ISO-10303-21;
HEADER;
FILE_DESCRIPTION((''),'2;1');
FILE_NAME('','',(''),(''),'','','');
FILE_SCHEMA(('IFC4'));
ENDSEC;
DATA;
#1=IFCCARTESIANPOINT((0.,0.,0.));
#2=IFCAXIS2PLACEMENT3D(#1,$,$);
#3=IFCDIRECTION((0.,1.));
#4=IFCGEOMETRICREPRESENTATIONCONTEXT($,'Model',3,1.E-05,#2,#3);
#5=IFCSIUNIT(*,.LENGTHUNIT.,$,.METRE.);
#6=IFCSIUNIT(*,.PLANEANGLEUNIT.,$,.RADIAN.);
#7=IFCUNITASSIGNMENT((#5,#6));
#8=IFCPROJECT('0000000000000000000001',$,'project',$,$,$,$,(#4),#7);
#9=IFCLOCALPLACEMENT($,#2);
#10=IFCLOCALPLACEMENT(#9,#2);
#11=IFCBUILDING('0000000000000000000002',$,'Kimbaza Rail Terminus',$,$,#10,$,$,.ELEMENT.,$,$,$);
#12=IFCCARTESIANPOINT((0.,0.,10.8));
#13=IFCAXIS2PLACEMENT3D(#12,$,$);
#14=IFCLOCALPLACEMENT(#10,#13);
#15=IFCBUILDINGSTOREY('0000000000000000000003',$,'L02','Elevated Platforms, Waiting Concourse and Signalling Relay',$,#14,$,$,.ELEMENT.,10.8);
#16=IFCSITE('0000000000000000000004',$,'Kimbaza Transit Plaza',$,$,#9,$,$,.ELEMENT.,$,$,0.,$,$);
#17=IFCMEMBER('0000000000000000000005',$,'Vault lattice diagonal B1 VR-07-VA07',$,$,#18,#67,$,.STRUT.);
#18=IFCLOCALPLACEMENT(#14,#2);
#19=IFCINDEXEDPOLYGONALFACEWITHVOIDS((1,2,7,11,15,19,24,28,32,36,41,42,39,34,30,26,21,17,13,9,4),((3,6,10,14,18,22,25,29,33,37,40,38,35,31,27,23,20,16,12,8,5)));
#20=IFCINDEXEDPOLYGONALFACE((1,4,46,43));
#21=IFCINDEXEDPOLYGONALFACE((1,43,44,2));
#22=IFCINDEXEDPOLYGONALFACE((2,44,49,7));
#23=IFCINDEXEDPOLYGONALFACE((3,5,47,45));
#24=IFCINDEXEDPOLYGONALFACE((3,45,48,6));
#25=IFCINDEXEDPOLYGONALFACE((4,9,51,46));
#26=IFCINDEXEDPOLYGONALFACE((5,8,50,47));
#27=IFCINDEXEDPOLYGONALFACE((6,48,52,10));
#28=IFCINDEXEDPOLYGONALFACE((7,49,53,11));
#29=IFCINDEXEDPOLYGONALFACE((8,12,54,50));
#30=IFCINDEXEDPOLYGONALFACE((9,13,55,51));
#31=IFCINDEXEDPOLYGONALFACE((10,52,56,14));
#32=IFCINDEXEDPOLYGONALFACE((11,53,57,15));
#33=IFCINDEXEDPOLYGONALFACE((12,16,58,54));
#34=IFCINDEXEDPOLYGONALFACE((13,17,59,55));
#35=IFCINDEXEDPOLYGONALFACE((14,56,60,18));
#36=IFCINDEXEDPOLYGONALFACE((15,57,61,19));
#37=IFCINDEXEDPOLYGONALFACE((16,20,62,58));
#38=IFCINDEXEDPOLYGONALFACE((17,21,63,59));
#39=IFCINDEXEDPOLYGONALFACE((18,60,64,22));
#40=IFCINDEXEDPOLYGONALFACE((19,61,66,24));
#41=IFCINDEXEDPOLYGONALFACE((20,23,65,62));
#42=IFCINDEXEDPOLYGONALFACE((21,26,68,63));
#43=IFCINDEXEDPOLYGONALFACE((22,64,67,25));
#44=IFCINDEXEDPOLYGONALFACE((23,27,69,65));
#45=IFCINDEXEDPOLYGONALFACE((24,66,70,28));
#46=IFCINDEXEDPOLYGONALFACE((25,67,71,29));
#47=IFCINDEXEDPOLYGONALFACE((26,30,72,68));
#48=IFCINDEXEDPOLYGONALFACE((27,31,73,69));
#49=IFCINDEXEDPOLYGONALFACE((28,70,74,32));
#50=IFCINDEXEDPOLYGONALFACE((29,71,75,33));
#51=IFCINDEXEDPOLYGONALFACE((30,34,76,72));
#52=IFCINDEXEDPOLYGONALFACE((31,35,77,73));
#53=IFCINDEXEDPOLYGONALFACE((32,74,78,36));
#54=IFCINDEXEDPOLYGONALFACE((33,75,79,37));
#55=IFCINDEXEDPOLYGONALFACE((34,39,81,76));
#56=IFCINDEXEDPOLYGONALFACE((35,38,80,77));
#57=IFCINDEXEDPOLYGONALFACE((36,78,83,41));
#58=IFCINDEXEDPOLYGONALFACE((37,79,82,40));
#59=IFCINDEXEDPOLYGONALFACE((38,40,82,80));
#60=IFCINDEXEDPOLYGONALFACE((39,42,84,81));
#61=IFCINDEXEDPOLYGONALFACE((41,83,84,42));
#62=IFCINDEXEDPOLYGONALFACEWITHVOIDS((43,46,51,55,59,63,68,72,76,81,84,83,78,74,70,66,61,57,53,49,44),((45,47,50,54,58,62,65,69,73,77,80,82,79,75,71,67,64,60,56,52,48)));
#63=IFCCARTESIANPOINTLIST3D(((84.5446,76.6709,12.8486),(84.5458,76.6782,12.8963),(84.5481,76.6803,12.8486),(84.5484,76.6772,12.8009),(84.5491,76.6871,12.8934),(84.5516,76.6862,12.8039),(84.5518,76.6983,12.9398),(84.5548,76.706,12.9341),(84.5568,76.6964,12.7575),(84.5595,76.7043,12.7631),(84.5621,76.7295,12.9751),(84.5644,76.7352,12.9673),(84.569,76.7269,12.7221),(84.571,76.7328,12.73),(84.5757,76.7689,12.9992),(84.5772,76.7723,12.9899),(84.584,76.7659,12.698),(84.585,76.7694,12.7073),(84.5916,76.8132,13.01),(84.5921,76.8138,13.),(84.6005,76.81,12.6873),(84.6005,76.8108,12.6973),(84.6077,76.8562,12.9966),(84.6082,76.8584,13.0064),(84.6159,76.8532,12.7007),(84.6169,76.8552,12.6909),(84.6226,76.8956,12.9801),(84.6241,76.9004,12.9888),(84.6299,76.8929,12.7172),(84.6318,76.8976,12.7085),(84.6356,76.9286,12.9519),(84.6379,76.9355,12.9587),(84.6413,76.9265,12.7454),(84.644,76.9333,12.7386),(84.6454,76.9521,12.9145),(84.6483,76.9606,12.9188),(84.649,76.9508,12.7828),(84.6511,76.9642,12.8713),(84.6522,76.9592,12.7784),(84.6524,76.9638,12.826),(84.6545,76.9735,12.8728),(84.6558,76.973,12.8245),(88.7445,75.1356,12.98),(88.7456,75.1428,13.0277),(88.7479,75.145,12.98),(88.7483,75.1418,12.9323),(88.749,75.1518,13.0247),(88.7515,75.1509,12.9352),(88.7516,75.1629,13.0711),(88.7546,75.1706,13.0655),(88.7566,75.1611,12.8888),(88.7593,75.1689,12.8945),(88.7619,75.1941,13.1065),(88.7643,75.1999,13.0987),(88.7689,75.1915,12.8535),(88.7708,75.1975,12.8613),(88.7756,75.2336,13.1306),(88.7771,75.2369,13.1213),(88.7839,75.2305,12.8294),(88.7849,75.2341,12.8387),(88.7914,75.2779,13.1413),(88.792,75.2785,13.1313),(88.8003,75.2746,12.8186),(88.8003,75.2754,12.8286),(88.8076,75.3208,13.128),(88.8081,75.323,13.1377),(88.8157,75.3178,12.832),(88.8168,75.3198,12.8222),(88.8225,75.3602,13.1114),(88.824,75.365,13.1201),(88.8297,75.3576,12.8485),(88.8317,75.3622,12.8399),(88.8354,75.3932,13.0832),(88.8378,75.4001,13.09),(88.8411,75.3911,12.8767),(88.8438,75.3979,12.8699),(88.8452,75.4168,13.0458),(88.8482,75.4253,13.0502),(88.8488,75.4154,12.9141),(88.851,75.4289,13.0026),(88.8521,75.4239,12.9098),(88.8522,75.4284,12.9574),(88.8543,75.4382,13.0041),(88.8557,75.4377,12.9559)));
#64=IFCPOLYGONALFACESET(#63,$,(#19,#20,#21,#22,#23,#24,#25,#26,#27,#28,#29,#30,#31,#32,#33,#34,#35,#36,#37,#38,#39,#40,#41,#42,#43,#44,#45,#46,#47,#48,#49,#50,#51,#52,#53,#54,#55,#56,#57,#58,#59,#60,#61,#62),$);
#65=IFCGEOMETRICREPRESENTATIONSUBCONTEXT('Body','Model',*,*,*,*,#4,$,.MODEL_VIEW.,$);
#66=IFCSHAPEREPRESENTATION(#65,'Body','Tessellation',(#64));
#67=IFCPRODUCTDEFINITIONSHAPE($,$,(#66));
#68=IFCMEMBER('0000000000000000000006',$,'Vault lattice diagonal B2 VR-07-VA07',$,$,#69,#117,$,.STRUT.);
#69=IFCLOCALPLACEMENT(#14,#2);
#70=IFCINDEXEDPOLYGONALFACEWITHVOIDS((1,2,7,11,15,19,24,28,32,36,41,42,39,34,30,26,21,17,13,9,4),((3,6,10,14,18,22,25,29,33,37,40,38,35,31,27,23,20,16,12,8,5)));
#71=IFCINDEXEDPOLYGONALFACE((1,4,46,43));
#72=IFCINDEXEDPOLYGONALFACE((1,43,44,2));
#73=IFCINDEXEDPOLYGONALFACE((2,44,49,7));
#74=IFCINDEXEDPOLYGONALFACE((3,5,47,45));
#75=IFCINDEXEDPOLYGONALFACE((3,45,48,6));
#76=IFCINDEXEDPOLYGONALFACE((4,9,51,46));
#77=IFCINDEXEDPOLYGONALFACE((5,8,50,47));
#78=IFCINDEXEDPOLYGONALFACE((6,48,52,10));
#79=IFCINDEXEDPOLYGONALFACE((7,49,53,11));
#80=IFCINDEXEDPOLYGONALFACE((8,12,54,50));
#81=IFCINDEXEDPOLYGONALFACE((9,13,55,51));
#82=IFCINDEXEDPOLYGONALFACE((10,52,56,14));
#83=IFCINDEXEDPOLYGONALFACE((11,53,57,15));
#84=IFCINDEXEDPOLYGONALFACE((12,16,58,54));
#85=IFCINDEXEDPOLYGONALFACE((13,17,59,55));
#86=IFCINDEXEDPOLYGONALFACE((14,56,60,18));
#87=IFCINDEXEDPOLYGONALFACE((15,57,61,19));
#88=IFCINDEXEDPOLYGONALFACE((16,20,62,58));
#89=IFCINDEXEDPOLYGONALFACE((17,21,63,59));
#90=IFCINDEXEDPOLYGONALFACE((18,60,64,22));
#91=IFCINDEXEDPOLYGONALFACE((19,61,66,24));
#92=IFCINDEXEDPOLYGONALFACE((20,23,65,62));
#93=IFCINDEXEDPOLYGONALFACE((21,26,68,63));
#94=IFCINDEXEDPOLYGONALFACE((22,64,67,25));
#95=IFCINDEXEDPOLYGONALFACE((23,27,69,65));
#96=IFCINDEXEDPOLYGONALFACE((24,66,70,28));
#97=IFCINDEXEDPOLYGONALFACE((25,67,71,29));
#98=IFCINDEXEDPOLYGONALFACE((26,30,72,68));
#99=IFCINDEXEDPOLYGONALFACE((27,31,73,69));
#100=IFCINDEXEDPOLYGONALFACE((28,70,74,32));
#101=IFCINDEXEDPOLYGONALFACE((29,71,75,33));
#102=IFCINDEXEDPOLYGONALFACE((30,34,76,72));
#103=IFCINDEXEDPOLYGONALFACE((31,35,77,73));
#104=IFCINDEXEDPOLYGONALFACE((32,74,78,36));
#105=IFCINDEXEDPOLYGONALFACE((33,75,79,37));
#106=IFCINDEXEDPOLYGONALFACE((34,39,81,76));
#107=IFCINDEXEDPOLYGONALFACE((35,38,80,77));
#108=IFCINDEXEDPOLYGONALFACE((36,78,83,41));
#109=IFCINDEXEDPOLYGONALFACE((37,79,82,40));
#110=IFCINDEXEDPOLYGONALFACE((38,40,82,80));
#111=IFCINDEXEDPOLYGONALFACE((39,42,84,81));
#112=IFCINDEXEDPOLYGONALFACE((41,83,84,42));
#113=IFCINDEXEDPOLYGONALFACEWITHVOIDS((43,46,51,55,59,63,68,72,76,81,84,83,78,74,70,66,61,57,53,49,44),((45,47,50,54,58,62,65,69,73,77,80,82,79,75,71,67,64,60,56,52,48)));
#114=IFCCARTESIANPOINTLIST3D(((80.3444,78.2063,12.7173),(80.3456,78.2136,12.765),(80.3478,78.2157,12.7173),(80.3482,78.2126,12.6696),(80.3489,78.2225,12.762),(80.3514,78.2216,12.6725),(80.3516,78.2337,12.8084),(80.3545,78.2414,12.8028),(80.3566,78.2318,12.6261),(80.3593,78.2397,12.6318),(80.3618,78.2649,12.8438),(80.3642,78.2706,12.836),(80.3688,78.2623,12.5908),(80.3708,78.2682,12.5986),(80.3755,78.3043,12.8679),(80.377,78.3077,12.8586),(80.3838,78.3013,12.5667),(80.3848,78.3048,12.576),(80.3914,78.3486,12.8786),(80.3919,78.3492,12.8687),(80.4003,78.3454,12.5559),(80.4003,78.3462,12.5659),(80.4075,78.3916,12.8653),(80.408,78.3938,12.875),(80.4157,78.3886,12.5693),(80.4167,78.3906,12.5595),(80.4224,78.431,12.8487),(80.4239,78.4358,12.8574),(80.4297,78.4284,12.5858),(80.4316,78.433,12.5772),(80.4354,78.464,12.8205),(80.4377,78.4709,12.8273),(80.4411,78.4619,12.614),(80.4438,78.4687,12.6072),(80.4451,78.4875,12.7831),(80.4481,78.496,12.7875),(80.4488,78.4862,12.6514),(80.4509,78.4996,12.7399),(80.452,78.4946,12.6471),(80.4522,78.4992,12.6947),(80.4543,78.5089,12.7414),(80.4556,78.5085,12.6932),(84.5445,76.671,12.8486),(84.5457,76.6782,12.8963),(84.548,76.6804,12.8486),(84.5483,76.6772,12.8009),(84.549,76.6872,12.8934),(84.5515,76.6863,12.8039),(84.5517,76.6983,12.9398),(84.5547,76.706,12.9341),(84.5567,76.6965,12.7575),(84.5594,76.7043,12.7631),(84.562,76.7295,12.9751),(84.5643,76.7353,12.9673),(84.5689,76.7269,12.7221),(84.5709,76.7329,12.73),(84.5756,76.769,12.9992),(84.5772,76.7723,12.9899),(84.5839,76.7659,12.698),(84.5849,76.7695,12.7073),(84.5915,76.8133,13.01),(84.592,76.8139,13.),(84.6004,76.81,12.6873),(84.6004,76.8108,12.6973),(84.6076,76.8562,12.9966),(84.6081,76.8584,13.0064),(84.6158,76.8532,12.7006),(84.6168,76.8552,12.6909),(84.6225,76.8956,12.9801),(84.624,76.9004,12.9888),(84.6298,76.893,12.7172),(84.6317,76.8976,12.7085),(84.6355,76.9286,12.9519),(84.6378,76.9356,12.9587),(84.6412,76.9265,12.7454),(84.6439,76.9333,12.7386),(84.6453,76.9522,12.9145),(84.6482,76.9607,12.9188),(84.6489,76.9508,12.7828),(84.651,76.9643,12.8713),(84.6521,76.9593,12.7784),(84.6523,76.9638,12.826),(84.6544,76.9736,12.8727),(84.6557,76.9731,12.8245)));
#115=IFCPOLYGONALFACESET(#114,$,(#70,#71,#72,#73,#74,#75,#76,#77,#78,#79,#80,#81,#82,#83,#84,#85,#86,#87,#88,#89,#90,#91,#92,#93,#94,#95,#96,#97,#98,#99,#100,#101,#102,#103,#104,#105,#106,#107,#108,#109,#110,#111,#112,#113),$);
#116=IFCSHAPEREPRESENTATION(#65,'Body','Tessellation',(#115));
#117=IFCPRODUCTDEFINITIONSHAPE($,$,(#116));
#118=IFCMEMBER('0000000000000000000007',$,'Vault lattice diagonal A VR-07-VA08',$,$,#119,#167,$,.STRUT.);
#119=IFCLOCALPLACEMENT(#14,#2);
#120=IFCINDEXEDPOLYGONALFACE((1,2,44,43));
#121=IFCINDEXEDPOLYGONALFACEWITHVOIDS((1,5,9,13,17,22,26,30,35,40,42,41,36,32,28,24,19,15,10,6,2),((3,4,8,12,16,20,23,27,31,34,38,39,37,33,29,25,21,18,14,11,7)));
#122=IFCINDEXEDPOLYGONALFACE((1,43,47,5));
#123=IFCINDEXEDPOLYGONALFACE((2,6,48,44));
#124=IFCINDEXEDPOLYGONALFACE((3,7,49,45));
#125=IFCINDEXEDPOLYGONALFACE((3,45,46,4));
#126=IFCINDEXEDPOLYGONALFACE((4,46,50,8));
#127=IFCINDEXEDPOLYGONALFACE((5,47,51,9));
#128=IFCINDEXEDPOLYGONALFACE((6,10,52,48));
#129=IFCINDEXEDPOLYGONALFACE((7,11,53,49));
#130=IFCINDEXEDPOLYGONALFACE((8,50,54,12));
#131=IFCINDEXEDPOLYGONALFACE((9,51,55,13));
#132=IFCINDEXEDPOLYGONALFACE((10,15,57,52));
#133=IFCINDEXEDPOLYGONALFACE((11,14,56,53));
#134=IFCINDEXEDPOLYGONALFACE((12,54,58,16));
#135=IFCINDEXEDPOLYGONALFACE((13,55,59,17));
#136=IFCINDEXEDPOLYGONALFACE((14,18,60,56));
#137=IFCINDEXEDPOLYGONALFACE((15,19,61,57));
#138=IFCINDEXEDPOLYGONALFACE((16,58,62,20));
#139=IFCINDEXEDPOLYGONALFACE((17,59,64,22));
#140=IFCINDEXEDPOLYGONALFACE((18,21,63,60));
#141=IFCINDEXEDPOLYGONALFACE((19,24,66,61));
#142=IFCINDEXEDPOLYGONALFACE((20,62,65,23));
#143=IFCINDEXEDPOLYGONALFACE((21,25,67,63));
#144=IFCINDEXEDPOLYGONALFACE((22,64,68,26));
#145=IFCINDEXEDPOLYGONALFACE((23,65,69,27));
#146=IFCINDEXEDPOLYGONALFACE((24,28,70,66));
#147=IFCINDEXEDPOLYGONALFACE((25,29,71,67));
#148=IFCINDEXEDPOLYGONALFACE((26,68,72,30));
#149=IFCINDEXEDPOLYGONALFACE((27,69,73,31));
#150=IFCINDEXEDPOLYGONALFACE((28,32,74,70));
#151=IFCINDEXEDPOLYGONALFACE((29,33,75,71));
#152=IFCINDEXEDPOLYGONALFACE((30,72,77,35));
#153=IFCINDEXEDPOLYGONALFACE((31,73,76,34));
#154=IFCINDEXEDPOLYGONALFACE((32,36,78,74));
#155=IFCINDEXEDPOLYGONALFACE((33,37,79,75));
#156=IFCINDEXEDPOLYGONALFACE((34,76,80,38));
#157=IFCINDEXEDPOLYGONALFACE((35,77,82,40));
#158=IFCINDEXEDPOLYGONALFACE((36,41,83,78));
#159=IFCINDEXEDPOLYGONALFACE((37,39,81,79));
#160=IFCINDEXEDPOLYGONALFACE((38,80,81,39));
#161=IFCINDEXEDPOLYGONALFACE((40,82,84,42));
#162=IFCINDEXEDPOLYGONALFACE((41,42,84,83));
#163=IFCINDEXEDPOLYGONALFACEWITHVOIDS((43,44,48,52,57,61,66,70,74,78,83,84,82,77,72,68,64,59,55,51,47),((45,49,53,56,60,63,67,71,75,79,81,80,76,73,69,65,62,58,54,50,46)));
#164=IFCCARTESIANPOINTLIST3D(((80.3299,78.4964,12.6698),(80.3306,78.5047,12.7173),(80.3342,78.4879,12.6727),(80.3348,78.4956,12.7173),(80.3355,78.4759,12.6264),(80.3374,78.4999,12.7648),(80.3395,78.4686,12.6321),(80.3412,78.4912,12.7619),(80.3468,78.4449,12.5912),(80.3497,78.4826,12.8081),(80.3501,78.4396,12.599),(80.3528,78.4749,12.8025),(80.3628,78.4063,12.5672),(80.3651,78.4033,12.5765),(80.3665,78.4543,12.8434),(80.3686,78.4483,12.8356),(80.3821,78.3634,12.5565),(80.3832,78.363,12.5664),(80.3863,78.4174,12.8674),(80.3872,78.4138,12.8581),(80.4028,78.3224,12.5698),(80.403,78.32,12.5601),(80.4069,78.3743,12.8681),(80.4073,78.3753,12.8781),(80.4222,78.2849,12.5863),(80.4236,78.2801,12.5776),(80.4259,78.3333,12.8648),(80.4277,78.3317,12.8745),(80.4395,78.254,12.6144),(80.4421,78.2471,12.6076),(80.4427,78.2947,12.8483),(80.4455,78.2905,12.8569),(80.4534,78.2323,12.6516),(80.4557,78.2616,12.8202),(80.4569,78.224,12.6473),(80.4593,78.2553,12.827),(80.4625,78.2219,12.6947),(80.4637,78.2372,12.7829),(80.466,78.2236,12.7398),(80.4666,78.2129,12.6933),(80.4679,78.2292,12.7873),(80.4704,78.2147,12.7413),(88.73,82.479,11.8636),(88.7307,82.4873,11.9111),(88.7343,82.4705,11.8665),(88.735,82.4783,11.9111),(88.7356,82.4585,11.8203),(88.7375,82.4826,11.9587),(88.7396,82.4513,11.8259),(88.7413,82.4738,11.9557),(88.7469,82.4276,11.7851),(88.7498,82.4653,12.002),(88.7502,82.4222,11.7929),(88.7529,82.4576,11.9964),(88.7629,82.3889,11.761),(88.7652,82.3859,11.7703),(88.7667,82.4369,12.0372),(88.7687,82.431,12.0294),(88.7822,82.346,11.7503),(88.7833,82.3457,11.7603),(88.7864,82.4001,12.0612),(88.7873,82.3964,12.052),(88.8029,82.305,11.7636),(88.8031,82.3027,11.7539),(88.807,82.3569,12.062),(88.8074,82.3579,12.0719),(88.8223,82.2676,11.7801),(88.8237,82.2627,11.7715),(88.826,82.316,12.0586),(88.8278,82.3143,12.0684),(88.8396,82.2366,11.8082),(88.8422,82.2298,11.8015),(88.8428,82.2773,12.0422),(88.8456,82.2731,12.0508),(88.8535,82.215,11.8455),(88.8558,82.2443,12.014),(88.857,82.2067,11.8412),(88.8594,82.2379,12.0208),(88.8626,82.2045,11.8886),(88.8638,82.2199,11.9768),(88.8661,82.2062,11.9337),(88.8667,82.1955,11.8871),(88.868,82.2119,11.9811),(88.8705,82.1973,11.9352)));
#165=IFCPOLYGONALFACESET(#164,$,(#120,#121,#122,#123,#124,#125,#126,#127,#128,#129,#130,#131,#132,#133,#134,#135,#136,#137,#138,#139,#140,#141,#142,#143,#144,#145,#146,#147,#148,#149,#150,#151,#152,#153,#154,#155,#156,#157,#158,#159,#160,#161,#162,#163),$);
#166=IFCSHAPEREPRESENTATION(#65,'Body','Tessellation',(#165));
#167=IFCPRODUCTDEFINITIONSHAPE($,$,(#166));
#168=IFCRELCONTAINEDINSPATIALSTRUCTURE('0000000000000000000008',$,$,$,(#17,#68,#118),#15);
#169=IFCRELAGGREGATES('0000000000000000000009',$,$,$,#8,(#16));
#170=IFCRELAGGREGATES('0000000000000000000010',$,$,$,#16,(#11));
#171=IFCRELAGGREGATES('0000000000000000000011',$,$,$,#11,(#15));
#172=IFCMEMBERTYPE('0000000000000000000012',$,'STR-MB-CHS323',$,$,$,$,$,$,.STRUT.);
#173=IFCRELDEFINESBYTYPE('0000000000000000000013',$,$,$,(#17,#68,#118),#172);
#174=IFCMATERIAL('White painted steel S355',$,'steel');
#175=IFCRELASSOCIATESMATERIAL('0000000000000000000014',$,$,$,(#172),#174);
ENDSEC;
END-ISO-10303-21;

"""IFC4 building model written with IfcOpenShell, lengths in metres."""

from ifc_helpers import new_model, si_unit, direction, frame, origin, origin_2d, place, context, subcontext, project, spatial, hollow_circle, extrude, material, material_profile, profile_set, type_object, element, save


model = new_model("IFC4")

# Units and contexts
model_context = context("Model", 3, precision=1e-05, world=origin(), true_north=direction((0.0, 1.0)))
body_context = subcontext(model_context, "Body", "Model", "MODEL_VIEW")
ifc_project = project(units=[si_unit("LENGTHUNIT", "METRE"), si_unit("PLANEANGLEUNIT", "RADIAN")], contexts=[model_context])

# Site, building, storey
site_placement = place(None, origin())
site = spatial("IfcSite", under=ifc_project, at=site_placement, Name="Kimbaza Transit Plaza", CompositionType="ELEMENT", RefElevation=0.0)
building_placement = place(site_placement, origin())
building = spatial("IfcBuilding", under=site, at=building_placement, Name="Kimbaza Rail Terminus", CompositionType="ELEMENT")
storey_placement = place(building_placement, frame((0.0, 0.0, 10.8)))
storey = spatial("IfcBuildingStorey", under=building, at=storey_placement, Name="L02", Description="Elevated Platforms, Waiting Concourse and Signalling Relay", CompositionType="ELEMENT", Elevation=10.8)

# Members
ifc_material_1 = material(Name="White painted steel S355", Category="steel")
ifc_material_profile_1 = material_profile(ifc_material_1, hollow_circle(Radius=0.1619, WallThickness=0.01, at=origin_2d()), Name="CHS 323.9x10")
ifc_profile_set_1 = profile_set([ifc_material_profile_1], Name="White painted steel S355")
member_type_1 = type_object("IfcMemberType", Name="STR-MB-CHS323", PredefinedType="STRUT", material=ifc_profile_set_1)
member_1_placement = place(storey_placement, frame((88.8, 75.2876, 12.98), z_axis=(-0.938802, 0.343203, -0.02936), x_axis=(-0.343351, -0.939207, 0.0)))
element("IfcMember", 1, at=member_1_placement, inside=storey, type_object=member_type_1, Name="Vault lattice diagonal B1 VR-07-VA07", PredefinedType="STRUT", context=body_context, shape_type="SweptSolid", body=[
    extrude(hollow_circle(Radius=0.1619, WallThickness=0.01, at=origin_2d()), origin(), (0.0, 0.0, 1.0), 4.4736),
])
member_2_placement = place(storey_placement, frame((84.6001, 76.823, 12.8486), z_axis=(-0.938809, 0.343186, -0.029358), x_axis=(-0.343334, -0.939213, 0.0)))
element("IfcMember", 2, at=member_2_placement, inside=storey, type_object=member_type_1, Name="Vault lattice diagonal B2 VR-07-VA07", PredefinedType="STRUT", context=body_context, shape_type="SweptSolid", body=[
    extrude(hollow_circle(Radius=0.1619, WallThickness=0.01, at=origin_2d()), origin(), (0.0, 0.0, 1.0), 4.4739),
])
member_3_placement = place(storey_placement, frame((80.3999, 78.3584, 12.7173), z_axis=(0.900208, 0.426805, -0.086392), x_axis=(-0.428407, 0.903586, 0.0)))
element("IfcMember", 3, at=member_3_placement, inside=storey, type_object=member_type_1, Name="Vault lattice diagonal A VR-07-VA08", PredefinedType="STRUT", context=body_context, shape_type="SweptSolid", body=[
    extrude(hollow_circle(Radius=0.1619, WallThickness=0.01, at=origin_2d()), origin(), (0.0, 0.0, 1.0), 9.3313),
])

save(model, "model.ifc")
